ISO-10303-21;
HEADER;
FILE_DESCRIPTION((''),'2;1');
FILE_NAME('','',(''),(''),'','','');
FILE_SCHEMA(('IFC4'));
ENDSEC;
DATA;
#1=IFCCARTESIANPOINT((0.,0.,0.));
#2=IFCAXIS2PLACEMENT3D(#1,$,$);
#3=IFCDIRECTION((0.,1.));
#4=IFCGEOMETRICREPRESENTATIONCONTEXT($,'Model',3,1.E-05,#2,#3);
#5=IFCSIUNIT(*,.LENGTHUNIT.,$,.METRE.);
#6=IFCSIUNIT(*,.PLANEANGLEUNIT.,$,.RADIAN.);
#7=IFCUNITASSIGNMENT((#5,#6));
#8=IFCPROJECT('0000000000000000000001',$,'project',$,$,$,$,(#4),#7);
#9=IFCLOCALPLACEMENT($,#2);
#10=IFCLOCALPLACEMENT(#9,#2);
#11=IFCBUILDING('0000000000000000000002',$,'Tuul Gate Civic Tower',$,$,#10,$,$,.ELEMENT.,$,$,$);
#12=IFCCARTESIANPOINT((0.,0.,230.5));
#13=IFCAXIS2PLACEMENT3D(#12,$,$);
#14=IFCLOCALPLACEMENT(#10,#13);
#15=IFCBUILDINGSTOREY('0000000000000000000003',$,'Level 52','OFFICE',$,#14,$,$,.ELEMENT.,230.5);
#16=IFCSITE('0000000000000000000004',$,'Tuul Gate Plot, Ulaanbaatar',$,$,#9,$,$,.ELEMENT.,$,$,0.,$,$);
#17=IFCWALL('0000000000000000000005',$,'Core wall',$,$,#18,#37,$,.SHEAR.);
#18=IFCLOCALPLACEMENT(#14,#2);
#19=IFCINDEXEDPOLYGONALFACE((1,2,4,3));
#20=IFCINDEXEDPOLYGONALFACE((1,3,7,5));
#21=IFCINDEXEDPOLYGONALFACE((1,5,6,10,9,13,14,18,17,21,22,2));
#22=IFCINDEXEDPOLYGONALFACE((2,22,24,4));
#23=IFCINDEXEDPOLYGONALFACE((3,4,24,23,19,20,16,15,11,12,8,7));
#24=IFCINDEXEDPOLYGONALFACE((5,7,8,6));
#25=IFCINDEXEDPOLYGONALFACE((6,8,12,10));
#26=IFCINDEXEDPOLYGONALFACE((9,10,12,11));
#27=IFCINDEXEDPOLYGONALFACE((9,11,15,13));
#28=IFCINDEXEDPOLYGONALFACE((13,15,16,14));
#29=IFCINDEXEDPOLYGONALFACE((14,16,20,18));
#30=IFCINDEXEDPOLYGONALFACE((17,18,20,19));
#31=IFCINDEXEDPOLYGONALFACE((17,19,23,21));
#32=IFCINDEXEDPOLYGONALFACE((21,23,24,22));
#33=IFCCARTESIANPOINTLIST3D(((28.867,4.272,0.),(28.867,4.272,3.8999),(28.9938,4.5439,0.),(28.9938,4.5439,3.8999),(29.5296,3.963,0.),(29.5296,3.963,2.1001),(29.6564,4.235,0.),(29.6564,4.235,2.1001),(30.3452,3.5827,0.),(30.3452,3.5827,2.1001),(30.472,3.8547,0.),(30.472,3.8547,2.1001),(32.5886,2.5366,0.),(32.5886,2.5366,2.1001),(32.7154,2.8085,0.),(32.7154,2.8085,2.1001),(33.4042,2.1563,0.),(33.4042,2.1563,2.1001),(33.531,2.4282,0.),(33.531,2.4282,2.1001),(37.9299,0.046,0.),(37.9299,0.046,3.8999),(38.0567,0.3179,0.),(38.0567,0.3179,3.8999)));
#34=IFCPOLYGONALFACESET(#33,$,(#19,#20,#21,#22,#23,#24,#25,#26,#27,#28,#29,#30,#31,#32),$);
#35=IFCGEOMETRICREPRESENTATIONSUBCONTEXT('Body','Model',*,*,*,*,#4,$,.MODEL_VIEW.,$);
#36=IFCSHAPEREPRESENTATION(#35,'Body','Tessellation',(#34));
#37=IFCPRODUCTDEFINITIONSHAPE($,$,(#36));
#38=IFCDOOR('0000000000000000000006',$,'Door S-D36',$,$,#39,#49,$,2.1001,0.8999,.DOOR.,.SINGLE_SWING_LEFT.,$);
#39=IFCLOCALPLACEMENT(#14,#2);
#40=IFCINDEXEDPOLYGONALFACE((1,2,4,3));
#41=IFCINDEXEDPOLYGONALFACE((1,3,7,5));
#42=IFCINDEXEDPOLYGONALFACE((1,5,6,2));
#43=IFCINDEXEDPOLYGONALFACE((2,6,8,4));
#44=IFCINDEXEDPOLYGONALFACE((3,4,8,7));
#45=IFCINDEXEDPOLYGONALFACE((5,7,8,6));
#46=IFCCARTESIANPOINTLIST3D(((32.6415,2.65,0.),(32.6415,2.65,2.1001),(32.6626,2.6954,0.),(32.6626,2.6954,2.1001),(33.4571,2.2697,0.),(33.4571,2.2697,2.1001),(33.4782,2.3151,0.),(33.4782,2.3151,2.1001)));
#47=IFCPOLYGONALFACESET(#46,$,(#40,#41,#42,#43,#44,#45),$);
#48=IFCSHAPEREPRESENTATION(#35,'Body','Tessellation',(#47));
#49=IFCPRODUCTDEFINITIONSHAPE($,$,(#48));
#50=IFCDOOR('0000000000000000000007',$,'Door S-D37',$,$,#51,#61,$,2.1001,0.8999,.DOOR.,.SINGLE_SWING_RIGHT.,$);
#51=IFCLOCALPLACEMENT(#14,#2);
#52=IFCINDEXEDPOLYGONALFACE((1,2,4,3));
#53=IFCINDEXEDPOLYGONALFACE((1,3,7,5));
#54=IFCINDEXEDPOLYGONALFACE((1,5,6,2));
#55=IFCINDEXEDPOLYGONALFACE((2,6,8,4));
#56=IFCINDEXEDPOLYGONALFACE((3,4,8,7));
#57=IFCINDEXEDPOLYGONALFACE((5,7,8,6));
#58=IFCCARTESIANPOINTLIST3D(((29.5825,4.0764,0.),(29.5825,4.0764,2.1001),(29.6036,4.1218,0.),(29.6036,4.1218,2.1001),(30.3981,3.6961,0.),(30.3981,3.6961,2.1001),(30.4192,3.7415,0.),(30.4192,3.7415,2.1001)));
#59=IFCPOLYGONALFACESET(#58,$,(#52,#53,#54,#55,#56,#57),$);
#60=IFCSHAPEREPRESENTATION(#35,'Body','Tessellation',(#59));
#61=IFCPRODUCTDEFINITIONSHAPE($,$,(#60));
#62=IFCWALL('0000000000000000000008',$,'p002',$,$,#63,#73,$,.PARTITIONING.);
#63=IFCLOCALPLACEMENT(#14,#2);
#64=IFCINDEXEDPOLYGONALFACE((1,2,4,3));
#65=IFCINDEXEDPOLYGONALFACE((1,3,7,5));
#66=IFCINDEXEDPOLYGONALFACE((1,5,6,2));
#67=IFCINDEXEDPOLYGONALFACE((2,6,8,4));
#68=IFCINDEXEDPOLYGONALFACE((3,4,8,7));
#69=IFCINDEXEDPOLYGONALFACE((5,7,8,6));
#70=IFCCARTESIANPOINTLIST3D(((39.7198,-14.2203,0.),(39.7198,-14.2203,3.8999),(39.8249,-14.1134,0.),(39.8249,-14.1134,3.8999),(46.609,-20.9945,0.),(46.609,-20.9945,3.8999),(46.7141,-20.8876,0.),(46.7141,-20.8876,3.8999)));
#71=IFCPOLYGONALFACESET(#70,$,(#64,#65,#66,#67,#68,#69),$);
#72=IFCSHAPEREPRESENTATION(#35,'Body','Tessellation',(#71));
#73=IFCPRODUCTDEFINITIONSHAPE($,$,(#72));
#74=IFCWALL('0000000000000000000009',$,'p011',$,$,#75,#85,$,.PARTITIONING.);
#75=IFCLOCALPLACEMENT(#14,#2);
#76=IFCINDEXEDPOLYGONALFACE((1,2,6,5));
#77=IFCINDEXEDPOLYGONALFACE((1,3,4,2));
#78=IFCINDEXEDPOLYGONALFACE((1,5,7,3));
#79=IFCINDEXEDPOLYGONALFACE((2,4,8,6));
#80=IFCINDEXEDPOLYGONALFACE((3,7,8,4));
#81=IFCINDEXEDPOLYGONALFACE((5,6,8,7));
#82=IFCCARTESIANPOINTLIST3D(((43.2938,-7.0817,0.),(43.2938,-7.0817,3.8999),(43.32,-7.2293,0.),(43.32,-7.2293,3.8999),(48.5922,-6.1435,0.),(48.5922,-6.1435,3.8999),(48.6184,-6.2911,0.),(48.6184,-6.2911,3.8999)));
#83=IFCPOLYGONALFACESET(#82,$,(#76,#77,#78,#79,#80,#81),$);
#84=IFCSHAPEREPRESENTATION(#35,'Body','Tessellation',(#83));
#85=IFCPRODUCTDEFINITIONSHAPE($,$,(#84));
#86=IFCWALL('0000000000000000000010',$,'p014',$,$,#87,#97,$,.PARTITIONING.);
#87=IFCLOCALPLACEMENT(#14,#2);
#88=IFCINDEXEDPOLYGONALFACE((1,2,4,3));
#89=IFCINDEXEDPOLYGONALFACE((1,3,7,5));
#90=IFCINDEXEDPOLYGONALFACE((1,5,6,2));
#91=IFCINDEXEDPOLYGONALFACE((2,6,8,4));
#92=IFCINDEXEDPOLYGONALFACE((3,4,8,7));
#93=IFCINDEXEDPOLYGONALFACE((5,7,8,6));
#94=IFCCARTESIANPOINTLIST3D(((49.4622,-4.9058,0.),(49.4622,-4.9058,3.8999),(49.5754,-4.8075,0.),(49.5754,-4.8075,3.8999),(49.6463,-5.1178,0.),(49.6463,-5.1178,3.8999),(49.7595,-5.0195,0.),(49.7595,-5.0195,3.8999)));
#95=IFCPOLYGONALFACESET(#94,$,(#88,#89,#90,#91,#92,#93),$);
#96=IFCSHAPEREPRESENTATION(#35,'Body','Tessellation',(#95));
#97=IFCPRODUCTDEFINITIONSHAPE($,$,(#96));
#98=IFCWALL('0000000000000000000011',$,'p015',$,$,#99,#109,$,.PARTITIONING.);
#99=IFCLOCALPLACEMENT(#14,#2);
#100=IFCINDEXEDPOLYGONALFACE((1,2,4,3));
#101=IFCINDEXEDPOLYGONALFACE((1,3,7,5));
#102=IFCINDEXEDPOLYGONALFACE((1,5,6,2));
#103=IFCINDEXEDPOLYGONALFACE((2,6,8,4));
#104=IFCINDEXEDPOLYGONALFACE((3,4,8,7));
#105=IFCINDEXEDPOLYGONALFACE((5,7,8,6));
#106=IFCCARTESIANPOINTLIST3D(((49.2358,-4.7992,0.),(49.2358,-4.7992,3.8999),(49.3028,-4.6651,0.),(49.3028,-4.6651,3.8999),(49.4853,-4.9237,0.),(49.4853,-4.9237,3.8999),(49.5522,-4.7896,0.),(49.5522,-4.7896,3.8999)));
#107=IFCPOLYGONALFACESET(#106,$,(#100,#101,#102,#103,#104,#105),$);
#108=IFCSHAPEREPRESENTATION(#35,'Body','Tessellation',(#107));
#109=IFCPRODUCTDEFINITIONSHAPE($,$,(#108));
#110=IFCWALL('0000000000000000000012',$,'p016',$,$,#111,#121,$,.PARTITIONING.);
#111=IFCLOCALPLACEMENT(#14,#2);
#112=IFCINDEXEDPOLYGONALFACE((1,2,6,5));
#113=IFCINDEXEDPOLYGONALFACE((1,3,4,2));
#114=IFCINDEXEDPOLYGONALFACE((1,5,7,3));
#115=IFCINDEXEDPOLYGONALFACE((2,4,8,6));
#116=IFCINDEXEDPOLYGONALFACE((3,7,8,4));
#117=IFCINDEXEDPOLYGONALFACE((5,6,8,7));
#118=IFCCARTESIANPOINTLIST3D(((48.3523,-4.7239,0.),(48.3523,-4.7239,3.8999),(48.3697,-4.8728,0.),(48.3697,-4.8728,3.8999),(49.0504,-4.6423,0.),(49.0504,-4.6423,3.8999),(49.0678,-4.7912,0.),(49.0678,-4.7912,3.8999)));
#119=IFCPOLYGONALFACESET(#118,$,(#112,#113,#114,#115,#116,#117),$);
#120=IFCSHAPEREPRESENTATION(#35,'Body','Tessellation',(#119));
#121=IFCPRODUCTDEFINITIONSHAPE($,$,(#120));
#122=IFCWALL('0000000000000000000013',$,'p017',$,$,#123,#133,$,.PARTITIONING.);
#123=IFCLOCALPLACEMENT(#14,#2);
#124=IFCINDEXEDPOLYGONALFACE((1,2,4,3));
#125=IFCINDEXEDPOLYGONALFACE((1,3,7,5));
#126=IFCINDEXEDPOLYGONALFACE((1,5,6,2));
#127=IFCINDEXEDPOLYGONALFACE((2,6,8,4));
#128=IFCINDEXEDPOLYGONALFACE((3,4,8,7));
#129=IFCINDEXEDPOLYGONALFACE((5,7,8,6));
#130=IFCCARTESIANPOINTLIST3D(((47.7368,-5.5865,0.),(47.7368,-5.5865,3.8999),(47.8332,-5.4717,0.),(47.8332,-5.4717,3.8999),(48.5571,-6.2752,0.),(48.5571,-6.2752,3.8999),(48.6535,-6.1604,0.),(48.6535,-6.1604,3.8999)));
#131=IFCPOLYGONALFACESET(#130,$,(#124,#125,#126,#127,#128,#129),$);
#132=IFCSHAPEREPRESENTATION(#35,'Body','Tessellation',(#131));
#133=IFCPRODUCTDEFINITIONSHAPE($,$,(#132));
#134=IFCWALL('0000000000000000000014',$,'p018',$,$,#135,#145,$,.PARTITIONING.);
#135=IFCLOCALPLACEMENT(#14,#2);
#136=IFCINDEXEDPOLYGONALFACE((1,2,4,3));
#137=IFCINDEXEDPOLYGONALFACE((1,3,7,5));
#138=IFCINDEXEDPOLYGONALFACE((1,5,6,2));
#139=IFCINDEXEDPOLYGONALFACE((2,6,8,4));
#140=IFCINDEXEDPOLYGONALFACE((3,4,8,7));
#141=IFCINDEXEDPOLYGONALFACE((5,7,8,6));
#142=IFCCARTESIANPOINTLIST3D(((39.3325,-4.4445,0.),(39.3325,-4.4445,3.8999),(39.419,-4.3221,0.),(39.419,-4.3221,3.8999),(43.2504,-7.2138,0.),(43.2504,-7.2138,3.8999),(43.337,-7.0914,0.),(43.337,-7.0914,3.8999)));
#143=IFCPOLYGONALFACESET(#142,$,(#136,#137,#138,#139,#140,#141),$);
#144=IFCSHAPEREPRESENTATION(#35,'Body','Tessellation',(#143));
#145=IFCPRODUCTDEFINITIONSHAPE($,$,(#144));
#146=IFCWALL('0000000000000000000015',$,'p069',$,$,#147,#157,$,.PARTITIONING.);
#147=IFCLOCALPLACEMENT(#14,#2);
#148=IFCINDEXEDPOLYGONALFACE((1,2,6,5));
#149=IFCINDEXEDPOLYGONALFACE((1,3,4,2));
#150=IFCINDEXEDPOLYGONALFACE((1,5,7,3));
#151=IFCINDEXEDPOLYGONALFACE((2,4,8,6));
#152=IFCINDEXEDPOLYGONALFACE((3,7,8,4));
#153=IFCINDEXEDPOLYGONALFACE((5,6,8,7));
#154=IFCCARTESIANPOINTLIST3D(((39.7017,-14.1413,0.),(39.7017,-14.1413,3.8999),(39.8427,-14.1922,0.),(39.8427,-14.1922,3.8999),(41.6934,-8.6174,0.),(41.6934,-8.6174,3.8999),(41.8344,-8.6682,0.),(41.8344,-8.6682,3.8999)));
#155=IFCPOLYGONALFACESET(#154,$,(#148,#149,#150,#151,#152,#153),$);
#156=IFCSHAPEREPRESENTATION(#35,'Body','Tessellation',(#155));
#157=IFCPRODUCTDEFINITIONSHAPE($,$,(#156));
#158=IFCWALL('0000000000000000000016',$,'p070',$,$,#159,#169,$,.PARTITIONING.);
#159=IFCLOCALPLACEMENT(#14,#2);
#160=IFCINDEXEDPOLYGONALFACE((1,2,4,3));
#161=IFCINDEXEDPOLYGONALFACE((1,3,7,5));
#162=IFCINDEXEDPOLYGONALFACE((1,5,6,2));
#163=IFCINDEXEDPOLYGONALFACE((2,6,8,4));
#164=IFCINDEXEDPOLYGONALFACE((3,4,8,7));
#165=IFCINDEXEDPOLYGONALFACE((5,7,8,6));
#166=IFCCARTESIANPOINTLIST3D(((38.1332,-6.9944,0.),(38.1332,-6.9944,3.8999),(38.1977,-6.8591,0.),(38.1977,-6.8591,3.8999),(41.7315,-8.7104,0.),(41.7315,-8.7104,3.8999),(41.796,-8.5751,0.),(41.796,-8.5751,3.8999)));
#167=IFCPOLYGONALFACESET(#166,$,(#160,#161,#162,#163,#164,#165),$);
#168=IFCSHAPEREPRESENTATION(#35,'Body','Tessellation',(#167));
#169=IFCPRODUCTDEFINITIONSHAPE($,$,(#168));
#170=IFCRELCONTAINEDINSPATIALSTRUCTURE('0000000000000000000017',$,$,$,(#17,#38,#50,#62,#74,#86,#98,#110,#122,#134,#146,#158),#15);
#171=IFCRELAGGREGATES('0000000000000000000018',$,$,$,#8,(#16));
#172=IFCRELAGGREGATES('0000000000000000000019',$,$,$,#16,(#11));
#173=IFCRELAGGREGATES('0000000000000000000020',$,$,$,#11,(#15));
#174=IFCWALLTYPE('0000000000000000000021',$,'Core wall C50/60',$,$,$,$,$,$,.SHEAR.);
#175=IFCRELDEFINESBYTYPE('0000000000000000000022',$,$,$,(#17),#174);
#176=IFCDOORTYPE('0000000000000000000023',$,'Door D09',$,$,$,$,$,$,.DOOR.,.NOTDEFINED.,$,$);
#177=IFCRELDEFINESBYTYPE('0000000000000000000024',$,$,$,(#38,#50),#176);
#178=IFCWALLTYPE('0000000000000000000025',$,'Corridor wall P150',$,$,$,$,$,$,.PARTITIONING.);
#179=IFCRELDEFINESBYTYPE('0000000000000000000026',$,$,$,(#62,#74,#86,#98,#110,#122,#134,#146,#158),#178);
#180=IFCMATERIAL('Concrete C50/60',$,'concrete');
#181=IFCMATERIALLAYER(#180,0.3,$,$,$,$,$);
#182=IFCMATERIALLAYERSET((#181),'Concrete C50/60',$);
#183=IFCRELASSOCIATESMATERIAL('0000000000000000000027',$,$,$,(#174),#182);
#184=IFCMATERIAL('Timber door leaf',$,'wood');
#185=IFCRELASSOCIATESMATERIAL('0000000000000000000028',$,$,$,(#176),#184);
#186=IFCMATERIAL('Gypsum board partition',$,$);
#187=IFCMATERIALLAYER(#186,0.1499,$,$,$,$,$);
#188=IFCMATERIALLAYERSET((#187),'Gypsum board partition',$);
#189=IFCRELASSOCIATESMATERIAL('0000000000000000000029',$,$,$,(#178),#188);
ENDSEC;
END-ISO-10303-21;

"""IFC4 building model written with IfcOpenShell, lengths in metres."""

from ifc_helpers import new_model, si_unit, direction, frame, frame_2d, origin, place, context, subcontext, project, spatial, rectangle, extrude, material, layer, layer_set, type_object, element, fill, save


model = new_model("IFC4")

# Units and contexts
model_context = context("Model", 3, precision=1e-05, world=origin(), true_north=direction((0.0, 1.0)))
body_context = subcontext(model_context, "Body", "Model", "MODEL_VIEW")
ifc_project = project(units=[si_unit("LENGTHUNIT", "METRE"), si_unit("PLANEANGLEUNIT", "RADIAN")], contexts=[model_context])

# Site, building, storey
site_placement = place(None, origin())
site = spatial("IfcSite", under=ifc_project, at=site_placement, Name="Tuul Gate Plot, Ulaanbaatar", CompositionType="ELEMENT", RefElevation=0.0)
building_placement = place(site_placement, origin())
building = spatial("IfcBuilding", under=site, at=building_placement, Name="Tuul Gate Civic Tower", CompositionType="ELEMENT")
storey_placement = place(building_placement, frame((0.0, 0.0, 230.5)))
storey = spatial("IfcBuildingStorey", under=building, at=storey_placement, Name="Level 52", Description="OFFICE", CompositionType="ELEMENT", Elevation=230.5)

# Shared definitions
ifc_material_1 = material(Name="Concrete C50/60", Category="concrete")
ifc_layer_1 = layer(ifc_material_1, 0.3)
ifc_layer_set_1 = layer_set([ifc_layer_1], Name="Concrete C50/60")
wall_type_1 = type_object("IfcWallType", Name="Core wall C50/60", PredefinedType="SHEAR", material=ifc_layer_set_1)

# Wall, openings, doors
wall_1_placement = place(storey_placement, frame((37.9934, 0.1819, 0.0), z_axis=(0.0, 0.0, 1.0), x_axis=(-0.90631, 0.422613, 0.0)))
wall_1 = element("IfcWall", 1, at=wall_1_placement, inside=storey, type_object=wall_type_1, Name="Core wall", PredefinedType="SHEAR", context=body_context, shape_type="SweptSolid", body=[
    extrude(rectangle(XDim=9.9998, YDim=0.3, at=frame_2d((5.0, 0.0))), origin(), (0.0, 0.0, 1.0), 3.8999),
])
opening_1_placement = place(wall_1_placement, frame((4.9937, 0.0, 0.0)))
opening_1 = element("IfcOpeningElement", 2, at=opening_1_placement, cuts=wall_1, PredefinedType="OPENING", context=body_context, shape_type="SweptSolid", body=[
    extrude(rectangle(XDim=0.8999, YDim=2.1001, at=frame_2d((0.45, 1.05))), frame((0.0, 0.1602, 0.0), z_axis=(0.0, -1.0, 0.0), x_axis=(1.0, 0.0, 0.0)), (0.0, 0.0, 1.0), 0.3201),
])
opening_2_placement = place(wall_1_placement, frame((8.3689, 0.0, 0.0)))
opening_2 = element("IfcOpeningElement", 3, at=opening_2_placement, cuts=wall_1, PredefinedType="OPENING", context=body_context, shape_type="SweptSolid", body=[
    extrude(rectangle(XDim=0.8999, YDim=2.1001, at=frame_2d((0.45, 1.05))), frame((0.0, 0.1602, 0.0), z_axis=(0.0, -1.0, 0.0), x_axis=(1.0, 0.0, 0.0)), (0.0, 0.0, 1.0), 0.3201),
])
ifc_material_2 = material(Name="Timber door leaf", Category="wood")
door_type_1 = type_object("IfcDoorType", Name="Door D09", OperationType="NOTDEFINED", PredefinedType="DOOR", material=ifc_material_2)
door_1_placement = place(opening_1_placement, origin())
door_1 = element("IfcDoor", 4, at=door_1_placement, inside=storey, type_object=door_type_1, Name="Door S-D36", OperationType="SINGLE_SWING_LEFT", OverallHeight=2.1001, OverallWidth=0.8999, PredefinedType="DOOR", context=body_context, shape_type="SweptSolid", body=[
    extrude(rectangle(XDim=0.8999, YDim=2.1001, at=frame_2d((0.45, 1.05))), frame((0.0, 0.0249, 0.0), z_axis=(0.0, -1.0, 0.0), x_axis=(1.0, 0.0, 0.0)), (0.0, 0.0, 1.0), 0.05),
])
fill(opening_1, door_1)
door_2_placement = place(opening_2_placement, origin())
door_2 = element("IfcDoor", 5, at=door_2_placement, inside=storey, type_object=door_type_1, Name="Door S-D37", OperationType="SINGLE_SWING_RIGHT", OverallHeight=2.1001, OverallWidth=0.8999, PredefinedType="DOOR", context=body_context, shape_type="SweptSolid", body=[
    extrude(rectangle(XDim=0.8999, YDim=2.1001, at=frame_2d((0.45, 1.05))), frame((0.0, 0.0249, 0.0), z_axis=(0.0, -1.0, 0.0), x_axis=(1.0, 0.0, 0.0)), (0.0, 0.0, 1.0), 0.05),
])
fill(opening_2, door_2)

# Walls
ifc_material_3 = material(Name="Gypsum board partition")
ifc_layer_2 = layer(ifc_material_3, 0.1499)
ifc_layer_set_2 = layer_set([ifc_layer_2], Name="Gypsum board partition")
wall_type_2 = type_object("IfcWallType", Name="Corridor wall P150", PredefinedType="PARTITIONING", material=ifc_layer_set_2)
wall_2_placement = place(storey_placement, frame((39.7722, -14.1667, 0.0), z_axis=(0.0, 0.0, 1.0), x_axis=(0.713033, -0.701131, 0.0)))
element("IfcWall", 6, at=wall_2_placement, inside=storey, type_object=wall_type_2, Name="p002", PredefinedType="PARTITIONING", context=body_context, shape_type="SweptSolid", body=[
    extrude(rectangle(XDim=9.6619, YDim=0.1499, at=frame_2d((4.8311, 0.0))), origin(), (0.0, 0.0, 1.0), 3.8999),
])
wall_3_placement = place(storey_placement, frame((43.3069, -7.1555, 0.0), z_axis=(0.0, 0.0, 1.0), x_axis=(0.984681, 0.174368, 0.0)))
element("IfcWall", 7, at=wall_3_placement, inside=storey, type_object=wall_type_2, Name="p011", PredefinedType="PARTITIONING", context=body_context, shape_type="SweptSolid", body=[
    extrude(rectangle(XDim=5.3809, YDim=0.1499, at=frame_2d((2.6904, 0.0))), origin(), (0.0, 0.0, 1.0), 3.8999),
])
wall_4_placement = place(storey_placement, frame((49.5188, -4.8567, 0.0), z_axis=(0.0, 0.0, 1.0), x_axis=(0.655791, -0.754942, 0.0)))
element("IfcWall", 8, at=wall_4_placement, inside=storey, type_object=wall_type_2, Name="p014", PredefinedType="PARTITIONING", context=body_context, shape_type="SweptSolid", body=[
    extrude(rectangle(XDim=0.2808, YDim=0.1499, at=frame_2d((0.1404, 0.0))), origin(), (0.0, 0.0, 1.0), 3.8999),
])
wall_5_placement = place(storey_placement, frame((49.2693, -4.7322, 0.0), z_axis=(0.0, 0.0, 1.0), x_axis=(0.894777, -0.446513, 0.0)))
element("IfcWall", 9, at=wall_5_placement, inside=storey, type_object=wall_type_2, Name="p015", PredefinedType="PARTITIONING", context=body_context, shape_type="SweptSolid", body=[
    extrude(rectangle(XDim=0.2788, YDim=0.1499, at=frame_2d((0.1394, 0.0))), origin(), (0.0, 0.0, 1.0), 3.8999),
])
wall_6_placement = place(storey_placement, frame((48.3608, -4.7983, 0.0), z_axis=(0.0, 0.0, 1.0), x_axis=(0.99325, 0.115995, 0.0)))
element("IfcWall", 10, at=wall_6_placement, inside=storey, type_object=wall_type_2, Name="p016", PredefinedType="PARTITIONING", context=body_context, shape_type="SweptSolid", body=[
    extrude(rectangle(XDim=0.7029, YDim=0.1499, at=frame_2d((0.3516, 0.0))), origin(), (0.0, 0.0, 1.0), 3.8999),
])
wall_7_placement = place(storey_placement, frame((47.7849, -5.5291, 0.0), z_axis=(0.0, 0.0, 1.0), x_axis=(0.765862, -0.643005, 0.0)))
element("IfcWall", 11, at=wall_7_placement, inside=storey, type_object=wall_type_2, Name="p017", PredefinedType="PARTITIONING", context=body_context, shape_type="SweptSolid", body=[
    extrude(rectangle(XDim=1.071, YDim=0.1499, at=frame_2d((0.5356, 0.0))), origin(), (0.0, 0.0, 1.0), 3.8999),
])
wall_8_placement = place(storey_placement, frame((39.3757, -4.3833, 0.0), z_axis=(0.0, 0.0, 1.0), x_axis=(0.816608, -0.577193, 0.0)))
element("IfcWall", 12, at=wall_8_placement, inside=storey, type_object=wall_type_2, Name="p018", PredefinedType="PARTITIONING", context=body_context, shape_type="SweptSolid", body=[
    extrude(rectangle(XDim=4.7979, YDim=0.1499, at=frame_2d((2.3989, 0.0))), origin(), (0.0, 0.0, 1.0), 3.8999),
])
wall_9_placement = place(storey_placement, frame((39.7722, -14.1667, 0.0), z_axis=(0.0, 0.0, 1.0), x_axis=(0.339185, 0.94072, 0.0)))
element("IfcWall", 13, at=wall_9_placement, inside=storey, type_object=wall_type_2, Name="p069", PredefinedType="PARTITIONING", context=body_context, shape_type="SweptSolid", body=[
    extrude(rectangle(XDim=5.8721, YDim=0.1499, at=frame_2d((2.936, 0.0))), origin(), (0.0, 0.0, 1.0), 3.8999),
])
wall_10_placement = place(storey_placement, frame((38.1655, -6.9268, 0.0), z_axis=(0.0, 0.0, 1.0), x_axis=(0.902612, -0.430454, 0.0)))
element("IfcWall", 14, at=wall_10_placement, inside=storey, type_object=wall_type_2, Name="p070", PredefinedType="PARTITIONING", context=body_context, shape_type="SweptSolid", body=[
    extrude(rectangle(XDim=3.9866, YDim=0.1499, at=frame_2d((1.9932, 0.0))), origin(), (0.0, 0.0, 1.0), 3.8999),
])

save(model, "model.ifc")
